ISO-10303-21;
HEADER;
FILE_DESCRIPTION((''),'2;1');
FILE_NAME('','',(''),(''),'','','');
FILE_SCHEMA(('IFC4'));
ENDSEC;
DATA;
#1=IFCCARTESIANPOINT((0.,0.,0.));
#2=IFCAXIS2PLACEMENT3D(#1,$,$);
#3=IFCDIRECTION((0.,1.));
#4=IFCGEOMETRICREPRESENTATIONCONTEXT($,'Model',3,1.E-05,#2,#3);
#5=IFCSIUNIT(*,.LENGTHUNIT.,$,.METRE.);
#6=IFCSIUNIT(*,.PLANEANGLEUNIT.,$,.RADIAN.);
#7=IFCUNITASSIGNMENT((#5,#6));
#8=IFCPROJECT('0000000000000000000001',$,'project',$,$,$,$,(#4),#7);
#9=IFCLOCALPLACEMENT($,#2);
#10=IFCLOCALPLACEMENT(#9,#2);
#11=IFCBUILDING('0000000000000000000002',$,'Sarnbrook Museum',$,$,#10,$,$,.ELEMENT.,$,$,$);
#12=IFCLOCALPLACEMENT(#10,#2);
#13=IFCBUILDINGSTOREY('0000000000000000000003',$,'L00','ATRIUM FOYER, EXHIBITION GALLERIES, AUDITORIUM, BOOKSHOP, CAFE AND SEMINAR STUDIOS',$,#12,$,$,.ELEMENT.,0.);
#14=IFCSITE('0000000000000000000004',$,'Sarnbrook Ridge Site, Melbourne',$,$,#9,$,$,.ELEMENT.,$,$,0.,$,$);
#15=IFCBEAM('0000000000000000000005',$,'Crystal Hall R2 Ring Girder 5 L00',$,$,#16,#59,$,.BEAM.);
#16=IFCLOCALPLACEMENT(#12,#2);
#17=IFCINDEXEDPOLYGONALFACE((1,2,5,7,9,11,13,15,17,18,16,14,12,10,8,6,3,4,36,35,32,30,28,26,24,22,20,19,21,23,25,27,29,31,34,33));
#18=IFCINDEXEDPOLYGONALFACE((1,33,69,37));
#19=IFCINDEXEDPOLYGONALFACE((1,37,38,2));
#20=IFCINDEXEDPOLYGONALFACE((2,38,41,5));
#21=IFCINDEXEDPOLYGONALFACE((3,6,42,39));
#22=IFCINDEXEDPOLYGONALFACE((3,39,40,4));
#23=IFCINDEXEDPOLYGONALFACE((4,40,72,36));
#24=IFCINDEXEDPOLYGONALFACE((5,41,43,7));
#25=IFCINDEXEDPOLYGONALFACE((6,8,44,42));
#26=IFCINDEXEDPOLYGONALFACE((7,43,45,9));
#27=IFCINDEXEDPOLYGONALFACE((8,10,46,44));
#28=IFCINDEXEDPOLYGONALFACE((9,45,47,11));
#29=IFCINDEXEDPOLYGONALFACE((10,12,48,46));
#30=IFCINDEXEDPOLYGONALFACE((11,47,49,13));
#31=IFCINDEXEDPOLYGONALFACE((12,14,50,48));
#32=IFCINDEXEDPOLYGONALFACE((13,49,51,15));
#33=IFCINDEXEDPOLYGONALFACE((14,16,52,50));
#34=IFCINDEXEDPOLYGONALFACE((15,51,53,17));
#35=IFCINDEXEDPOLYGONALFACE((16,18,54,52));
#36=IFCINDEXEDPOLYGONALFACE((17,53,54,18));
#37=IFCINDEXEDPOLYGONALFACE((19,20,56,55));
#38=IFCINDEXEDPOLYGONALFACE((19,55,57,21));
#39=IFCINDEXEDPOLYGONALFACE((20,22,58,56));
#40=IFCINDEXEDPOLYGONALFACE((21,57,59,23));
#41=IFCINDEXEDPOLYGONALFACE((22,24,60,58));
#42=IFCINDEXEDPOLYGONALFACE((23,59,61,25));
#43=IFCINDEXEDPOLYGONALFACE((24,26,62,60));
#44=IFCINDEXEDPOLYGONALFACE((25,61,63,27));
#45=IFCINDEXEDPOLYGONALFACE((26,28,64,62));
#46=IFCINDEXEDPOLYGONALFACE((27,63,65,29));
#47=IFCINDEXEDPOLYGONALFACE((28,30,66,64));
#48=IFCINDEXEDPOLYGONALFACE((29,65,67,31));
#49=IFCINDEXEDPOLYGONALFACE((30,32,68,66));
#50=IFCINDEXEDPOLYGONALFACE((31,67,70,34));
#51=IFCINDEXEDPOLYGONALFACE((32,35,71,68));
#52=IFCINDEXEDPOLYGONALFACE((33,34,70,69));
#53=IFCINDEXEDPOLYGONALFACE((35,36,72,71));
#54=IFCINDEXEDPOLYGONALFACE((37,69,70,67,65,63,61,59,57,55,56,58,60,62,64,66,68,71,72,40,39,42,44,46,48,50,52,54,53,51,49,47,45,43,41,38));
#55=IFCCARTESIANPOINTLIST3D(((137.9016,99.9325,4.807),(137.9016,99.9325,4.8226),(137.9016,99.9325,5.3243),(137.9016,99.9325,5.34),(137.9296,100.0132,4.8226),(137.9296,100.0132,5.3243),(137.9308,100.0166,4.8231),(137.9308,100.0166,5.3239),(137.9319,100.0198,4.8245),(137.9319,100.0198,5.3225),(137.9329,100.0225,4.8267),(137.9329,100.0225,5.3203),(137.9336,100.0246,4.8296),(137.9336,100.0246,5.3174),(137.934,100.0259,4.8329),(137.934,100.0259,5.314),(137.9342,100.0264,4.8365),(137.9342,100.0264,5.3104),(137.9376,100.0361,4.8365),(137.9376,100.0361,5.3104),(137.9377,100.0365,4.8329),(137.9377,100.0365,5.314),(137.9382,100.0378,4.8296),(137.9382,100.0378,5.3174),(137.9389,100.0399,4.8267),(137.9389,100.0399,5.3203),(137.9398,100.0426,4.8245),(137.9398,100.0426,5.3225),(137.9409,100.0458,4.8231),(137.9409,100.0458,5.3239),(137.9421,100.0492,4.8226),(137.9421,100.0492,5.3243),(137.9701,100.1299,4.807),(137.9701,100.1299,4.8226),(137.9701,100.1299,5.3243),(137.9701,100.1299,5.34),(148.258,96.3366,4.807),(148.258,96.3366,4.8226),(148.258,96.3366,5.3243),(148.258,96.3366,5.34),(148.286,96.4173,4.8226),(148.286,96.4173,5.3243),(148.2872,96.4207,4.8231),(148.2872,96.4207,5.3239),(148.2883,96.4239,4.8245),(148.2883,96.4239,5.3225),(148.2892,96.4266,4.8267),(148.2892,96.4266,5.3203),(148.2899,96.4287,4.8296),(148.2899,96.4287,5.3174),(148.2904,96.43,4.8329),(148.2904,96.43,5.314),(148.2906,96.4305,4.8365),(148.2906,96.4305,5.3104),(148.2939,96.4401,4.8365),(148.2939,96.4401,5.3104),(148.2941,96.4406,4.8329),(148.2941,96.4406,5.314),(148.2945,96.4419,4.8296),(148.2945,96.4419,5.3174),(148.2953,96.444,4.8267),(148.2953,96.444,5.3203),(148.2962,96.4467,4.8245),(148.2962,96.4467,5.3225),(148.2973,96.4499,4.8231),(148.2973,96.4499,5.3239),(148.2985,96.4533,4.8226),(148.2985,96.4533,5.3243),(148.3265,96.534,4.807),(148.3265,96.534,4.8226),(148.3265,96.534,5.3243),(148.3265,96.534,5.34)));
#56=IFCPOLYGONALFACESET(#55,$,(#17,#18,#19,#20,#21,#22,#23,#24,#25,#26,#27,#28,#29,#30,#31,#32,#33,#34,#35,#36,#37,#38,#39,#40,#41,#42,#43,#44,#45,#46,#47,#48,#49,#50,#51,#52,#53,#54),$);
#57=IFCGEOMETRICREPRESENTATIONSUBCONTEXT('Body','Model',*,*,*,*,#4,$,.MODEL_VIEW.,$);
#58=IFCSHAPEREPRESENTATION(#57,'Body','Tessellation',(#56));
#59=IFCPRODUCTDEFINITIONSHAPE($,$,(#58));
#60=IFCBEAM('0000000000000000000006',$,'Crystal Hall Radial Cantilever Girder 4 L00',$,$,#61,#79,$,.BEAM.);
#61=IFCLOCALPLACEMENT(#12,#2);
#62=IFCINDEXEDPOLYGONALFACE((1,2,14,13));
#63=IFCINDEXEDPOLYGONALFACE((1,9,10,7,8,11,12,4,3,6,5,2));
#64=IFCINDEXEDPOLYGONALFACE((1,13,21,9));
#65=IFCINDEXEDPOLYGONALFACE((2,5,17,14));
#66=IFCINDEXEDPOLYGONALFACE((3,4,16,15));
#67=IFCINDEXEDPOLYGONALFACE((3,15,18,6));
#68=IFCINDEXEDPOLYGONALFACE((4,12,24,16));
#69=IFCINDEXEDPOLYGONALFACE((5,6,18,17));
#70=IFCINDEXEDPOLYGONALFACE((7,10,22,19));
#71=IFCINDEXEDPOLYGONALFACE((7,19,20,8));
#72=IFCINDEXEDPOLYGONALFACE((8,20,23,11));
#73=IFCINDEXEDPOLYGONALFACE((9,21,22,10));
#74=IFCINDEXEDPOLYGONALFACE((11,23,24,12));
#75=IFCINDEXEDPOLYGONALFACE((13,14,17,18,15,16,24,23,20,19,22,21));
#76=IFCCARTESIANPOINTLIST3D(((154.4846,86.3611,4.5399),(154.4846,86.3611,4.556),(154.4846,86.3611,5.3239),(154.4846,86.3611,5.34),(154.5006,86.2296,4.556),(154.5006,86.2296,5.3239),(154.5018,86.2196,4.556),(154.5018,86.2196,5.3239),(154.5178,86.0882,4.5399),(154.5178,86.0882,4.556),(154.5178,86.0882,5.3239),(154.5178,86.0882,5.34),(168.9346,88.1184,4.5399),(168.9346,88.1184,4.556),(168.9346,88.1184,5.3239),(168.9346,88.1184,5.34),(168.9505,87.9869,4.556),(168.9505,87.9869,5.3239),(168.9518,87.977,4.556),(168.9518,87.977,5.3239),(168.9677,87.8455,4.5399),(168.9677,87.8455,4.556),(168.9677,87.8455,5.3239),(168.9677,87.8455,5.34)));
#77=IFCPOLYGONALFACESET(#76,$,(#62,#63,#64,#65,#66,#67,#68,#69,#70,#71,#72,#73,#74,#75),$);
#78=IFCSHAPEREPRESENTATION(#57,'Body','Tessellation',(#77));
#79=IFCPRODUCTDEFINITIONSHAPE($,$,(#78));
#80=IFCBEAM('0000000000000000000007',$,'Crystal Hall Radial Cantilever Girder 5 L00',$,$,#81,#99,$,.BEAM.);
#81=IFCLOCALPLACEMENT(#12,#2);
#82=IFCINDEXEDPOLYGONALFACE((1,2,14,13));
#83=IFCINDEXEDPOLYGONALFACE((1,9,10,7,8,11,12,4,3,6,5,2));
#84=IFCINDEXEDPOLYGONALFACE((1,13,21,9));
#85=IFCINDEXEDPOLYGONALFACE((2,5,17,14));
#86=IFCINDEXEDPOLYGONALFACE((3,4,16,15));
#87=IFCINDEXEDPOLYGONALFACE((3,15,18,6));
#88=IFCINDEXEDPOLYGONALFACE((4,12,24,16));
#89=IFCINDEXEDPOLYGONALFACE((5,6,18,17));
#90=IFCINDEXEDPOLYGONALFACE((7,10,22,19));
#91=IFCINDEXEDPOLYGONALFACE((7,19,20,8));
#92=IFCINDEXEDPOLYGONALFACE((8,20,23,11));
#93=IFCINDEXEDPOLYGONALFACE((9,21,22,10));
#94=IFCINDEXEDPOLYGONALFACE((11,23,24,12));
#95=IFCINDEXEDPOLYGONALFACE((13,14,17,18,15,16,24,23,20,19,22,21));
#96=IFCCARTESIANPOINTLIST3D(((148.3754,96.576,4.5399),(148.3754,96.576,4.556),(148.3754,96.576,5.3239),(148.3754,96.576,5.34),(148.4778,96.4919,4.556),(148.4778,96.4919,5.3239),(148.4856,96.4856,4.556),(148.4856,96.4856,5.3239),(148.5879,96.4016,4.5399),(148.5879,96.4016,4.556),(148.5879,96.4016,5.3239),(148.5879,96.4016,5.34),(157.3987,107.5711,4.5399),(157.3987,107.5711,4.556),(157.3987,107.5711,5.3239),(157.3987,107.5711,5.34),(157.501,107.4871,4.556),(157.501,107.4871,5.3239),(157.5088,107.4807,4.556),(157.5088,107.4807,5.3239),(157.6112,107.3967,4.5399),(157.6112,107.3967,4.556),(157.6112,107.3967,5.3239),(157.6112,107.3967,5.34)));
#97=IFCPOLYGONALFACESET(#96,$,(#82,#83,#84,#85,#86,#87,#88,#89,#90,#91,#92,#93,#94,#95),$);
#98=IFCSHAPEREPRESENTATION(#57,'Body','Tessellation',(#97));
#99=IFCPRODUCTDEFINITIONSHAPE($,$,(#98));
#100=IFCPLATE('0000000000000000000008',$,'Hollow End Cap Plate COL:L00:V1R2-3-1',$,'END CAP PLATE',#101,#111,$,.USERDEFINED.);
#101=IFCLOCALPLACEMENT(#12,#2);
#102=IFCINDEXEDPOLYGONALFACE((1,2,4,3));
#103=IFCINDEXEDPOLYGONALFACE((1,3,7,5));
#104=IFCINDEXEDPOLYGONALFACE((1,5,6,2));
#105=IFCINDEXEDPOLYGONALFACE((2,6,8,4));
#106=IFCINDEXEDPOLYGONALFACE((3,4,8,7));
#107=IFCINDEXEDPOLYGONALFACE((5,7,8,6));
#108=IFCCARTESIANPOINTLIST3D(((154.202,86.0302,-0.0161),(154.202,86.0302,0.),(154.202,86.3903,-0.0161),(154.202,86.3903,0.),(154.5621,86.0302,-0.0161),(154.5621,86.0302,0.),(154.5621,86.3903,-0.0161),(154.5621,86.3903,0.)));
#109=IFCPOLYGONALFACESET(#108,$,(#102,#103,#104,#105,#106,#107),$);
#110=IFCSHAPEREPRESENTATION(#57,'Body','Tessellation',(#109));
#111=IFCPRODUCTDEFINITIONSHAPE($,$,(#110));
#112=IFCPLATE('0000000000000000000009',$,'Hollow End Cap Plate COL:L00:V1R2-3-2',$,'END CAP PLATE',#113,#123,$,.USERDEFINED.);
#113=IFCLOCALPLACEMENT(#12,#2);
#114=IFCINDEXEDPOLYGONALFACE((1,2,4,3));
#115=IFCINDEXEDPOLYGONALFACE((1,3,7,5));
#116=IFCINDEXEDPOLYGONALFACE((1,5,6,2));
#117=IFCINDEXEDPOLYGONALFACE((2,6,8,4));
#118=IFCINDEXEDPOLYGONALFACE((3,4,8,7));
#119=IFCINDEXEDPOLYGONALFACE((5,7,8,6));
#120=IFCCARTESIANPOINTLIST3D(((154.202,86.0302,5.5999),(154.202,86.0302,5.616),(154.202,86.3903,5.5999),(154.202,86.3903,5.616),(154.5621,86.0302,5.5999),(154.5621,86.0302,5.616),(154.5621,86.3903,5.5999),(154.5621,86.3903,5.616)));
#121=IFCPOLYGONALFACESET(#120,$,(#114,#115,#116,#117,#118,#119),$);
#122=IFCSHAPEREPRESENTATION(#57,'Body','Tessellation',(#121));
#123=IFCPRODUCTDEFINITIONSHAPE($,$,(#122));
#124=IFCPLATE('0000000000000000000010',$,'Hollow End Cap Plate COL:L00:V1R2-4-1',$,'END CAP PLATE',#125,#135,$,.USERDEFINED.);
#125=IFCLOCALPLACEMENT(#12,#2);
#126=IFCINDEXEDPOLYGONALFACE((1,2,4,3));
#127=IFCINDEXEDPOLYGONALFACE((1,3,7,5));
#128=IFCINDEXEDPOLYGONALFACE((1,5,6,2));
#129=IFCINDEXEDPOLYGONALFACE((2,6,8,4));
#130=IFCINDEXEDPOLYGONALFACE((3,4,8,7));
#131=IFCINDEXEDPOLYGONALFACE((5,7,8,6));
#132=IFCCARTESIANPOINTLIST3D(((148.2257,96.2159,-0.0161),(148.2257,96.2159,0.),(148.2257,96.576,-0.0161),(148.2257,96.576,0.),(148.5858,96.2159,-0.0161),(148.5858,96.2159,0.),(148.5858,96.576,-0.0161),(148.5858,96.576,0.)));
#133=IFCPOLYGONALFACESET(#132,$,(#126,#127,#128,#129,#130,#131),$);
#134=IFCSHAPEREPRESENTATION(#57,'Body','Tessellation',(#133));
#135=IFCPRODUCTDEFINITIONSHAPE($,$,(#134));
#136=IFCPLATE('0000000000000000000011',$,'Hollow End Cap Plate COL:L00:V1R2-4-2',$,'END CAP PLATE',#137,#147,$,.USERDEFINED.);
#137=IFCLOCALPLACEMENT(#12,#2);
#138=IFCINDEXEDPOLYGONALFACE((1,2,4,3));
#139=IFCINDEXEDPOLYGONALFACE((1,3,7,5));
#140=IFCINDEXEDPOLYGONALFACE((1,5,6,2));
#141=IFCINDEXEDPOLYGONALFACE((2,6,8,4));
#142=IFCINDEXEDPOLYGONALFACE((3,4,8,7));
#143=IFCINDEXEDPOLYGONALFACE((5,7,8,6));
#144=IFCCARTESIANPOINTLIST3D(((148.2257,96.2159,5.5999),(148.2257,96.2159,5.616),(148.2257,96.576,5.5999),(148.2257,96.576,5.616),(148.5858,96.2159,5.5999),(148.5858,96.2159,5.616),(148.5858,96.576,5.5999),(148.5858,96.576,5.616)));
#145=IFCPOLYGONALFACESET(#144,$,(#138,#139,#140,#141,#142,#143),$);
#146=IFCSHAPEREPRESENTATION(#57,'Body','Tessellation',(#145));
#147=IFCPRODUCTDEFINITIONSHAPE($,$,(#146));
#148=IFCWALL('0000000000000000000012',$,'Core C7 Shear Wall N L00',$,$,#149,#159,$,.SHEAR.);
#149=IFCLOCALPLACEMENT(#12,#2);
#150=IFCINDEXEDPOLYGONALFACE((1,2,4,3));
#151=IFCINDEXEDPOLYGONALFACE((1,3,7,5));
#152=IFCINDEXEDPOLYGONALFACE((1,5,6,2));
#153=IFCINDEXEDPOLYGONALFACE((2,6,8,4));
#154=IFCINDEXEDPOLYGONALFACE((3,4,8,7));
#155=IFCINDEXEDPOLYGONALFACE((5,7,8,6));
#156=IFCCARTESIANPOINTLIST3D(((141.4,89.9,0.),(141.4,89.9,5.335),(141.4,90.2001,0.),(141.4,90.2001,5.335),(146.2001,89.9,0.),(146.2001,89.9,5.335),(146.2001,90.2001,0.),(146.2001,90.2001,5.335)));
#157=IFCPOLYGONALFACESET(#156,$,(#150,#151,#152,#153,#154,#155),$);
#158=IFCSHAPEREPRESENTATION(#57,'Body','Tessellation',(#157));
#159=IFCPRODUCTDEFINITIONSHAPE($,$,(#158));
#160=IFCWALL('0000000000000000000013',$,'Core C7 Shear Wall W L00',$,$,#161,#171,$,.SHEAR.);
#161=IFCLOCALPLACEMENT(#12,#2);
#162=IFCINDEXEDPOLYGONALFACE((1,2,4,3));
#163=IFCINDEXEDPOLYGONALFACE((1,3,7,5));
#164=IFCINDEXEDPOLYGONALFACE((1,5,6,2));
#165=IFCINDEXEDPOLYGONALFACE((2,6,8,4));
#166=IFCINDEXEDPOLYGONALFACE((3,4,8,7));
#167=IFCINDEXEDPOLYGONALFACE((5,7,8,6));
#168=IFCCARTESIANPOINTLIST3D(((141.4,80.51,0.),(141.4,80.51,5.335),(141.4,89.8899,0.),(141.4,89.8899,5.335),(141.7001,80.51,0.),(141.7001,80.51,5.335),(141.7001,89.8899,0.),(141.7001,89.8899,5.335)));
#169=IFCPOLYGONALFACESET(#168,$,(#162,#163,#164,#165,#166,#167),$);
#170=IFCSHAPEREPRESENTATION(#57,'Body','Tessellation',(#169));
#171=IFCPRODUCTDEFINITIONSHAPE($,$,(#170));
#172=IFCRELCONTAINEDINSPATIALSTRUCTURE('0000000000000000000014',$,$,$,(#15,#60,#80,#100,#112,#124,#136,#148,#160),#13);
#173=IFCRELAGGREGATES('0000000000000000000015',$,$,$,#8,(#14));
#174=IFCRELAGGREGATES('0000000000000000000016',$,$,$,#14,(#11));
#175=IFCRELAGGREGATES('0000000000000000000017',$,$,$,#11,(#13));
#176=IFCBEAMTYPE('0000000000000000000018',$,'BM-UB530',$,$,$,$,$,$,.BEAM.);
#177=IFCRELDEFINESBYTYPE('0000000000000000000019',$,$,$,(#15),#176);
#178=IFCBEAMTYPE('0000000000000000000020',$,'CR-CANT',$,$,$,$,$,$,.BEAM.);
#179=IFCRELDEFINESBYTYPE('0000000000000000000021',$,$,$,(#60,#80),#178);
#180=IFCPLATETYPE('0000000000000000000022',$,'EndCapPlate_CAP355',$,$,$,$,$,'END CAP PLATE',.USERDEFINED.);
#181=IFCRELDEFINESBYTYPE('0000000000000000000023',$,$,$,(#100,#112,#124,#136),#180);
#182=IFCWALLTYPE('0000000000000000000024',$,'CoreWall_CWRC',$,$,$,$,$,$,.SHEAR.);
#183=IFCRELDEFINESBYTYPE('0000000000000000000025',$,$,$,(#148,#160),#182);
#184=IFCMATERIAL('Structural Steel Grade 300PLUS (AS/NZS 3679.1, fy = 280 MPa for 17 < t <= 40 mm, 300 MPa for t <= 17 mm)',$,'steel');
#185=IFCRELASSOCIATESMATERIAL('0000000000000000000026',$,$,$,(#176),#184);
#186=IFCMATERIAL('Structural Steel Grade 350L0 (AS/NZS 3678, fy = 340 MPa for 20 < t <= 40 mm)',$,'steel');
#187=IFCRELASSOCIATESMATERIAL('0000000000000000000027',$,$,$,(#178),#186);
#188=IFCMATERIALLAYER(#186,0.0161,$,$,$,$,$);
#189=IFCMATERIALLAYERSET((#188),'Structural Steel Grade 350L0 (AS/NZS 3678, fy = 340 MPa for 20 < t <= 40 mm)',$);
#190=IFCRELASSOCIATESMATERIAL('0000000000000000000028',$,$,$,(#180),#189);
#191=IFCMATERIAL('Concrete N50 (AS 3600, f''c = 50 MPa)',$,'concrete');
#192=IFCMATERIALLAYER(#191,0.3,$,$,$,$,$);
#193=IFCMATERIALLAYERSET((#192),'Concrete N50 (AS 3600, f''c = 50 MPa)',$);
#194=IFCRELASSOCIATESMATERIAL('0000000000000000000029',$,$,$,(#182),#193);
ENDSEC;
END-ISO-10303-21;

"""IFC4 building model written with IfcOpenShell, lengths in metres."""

from ifc_helpers import new_model, si_unit, direction, frame, frame_2d, origin, origin_2d, place, context, subcontext, project, spatial, rectangle, i_section, extrude, material, layer, layer_set, material_profile, profile_set, type_object, element, save


model = new_model("IFC4")

# Units and contexts
model_context = context("Model", 3, precision=1e-05, world=origin(), true_north=direction((0.0, 1.0)))
body_context = subcontext(model_context, "Body", "Model", "MODEL_VIEW")
ifc_project = project(units=[si_unit("LENGTHUNIT", "METRE"), si_unit("PLANEANGLEUNIT", "RADIAN")], contexts=[model_context])

# Site, building, storey
site_placement = place(None, origin())
site = spatial("IfcSite", under=ifc_project, at=site_placement, Name="Sarnbrook Ridge Site, Melbourne", CompositionType="ELEMENT", RefElevation=0.0)
building_placement = place(site_placement, origin())
building = spatial("IfcBuilding", under=site, at=building_placement, Name="Sarnbrook Museum", CompositionType="ELEMENT")
storey_placement = place(building_placement, origin())
storey = spatial("IfcBuildingStorey", under=building, at=storey_placement, Name="L00", Description="ATRIUM FOYER, EXHIBITION GALLERIES, AUDITORIUM, BOOKSHOP, CAFE AND SEMINAR STUDIOS", CompositionType="ELEMENT", Elevation=0.0)

# Beams
ifc_material_1 = material(Name="Structural Steel Grade 300PLUS (AS/NZS 3679.1, fy = 280 MPa for 17 < t <= 40 mm, 300 MPa for t <= 17 mm)", Category="steel")
ifc_material_profile_1 = material_profile(ifc_material_1, i_section(OverallWidth=0.209, OverallDepth=0.533, WebThickness=0.0103, FlangeThickness=0.0156, FilletRadius=0.0139, at=origin_2d()), Name="530UB92.4")
ifc_profile_set_1 = profile_set([ifc_material_profile_1], Name="Structural Steel Grade 300PLUS (AS/NZS 3679.1, fy = 280 MPa for 17 < t <= 40 mm, 300 MPa for t <= 17 mm)")
beam_type_1 = type_object("IfcBeamType", Name="BM-UB530", PredefinedType="BEAM", material=ifc_profile_set_1)
beam_1_placement = place(storey_placement, frame((148.2922, 96.4353, 5.0735), z_axis=(-0.944675, 0.328008, 0.0), x_axis=(-0.328008, -0.944675, 0.0)))
element("IfcBeam", 1, at=beam_1_placement, inside=storey, type_object=beam_type_1, Name="Crystal Hall R2 Ring Girder 5 L00", PredefinedType="BEAM", context=body_context, shape_type="SweptSolid", body=[
    extrude(i_section(OverallWidth=0.209, OverallDepth=0.533, WebThickness=0.0103, FlangeThickness=0.0156, FilletRadius=0.0139, at=origin_2d()), origin(), (0.0, 0.0, 1.0), 10.9629),
])
ifc_material_2 = material(Name="Structural Steel Grade 350L0 (AS/NZS 3678, fy = 340 MPa for 20 < t <= 40 mm)", Category="steel")
ifc_material_profile_2 = material_profile(ifc_material_2, i_section(OverallWidth=0.2749, OverallDepth=0.8, WebThickness=0.01, FlangeThickness=0.0161, at=origin_2d()), Name="800WB146")
ifc_profile_set_2 = profile_set([ifc_material_profile_2], Name="Structural Steel Grade 350L0 (AS/NZS 3678, fy = 340 MPa for 20 < t <= 40 mm)")
beam_type_2 = type_object("IfcBeamType", Name="CR-CANT", PredefinedType="BEAM", material=ifc_profile_set_2)
beam_2_placement = place(storey_placement, frame((154.5012, 86.2246, 4.9399), z_axis=(0.992686, 0.120725, 0.0), x_axis=(-0.120725, 0.992686, 0.0)))
element("IfcBeam", 2, at=beam_2_placement, inside=storey, type_object=beam_type_2, Name="Crystal Hall Radial Cantilever Girder 4 L00", PredefinedType="BEAM", context=body_context, shape_type="SweptSolid", body=[
    extrude(i_section(OverallWidth=0.2749, OverallDepth=0.8, WebThickness=0.01, FlangeThickness=0.0161, at=origin_2d()), origin(), (0.0, 0.0, 1.0), 14.5564),
])
beam_3_placement = place(storey_placement, frame((148.4817, 96.4888, 4.9399), z_axis=(0.634382, 0.77302, 0.0), x_axis=(-0.77302, 0.634382, 0.0)))
element("IfcBeam", 3, at=beam_3_placement, inside=storey, type_object=beam_type_2, Name="Crystal Hall Radial Cantilever Girder 5 L00", PredefinedType="BEAM", context=body_context, shape_type="SweptSolid", body=[
    extrude(i_section(OverallWidth=0.2749, OverallDepth=0.8, WebThickness=0.01, FlangeThickness=0.0161, at=origin_2d()), origin(), (0.0, 0.0, 1.0), 14.2236),
])

# Plates
ifc_layer_1 = layer(ifc_material_2, 0.0161)
ifc_layer_set_1 = layer_set([ifc_layer_1], Name="Structural Steel Grade 350L0 (AS/NZS 3678, fy = 340 MPa for 20 < t <= 40 mm)")
plate_type = type_object("IfcPlateType", Name="EndCapPlate_CAP355", ElementType="END CAP PLATE", PredefinedType="USERDEFINED", material=ifc_layer_set_1)
for number, where, z_axis, x_axis, name in (
    (4, (154.3821, 86.2102, -0.0161), (0.0, 0.0, 1.0), (1.0, 0.0, 0.0), "Hollow End Cap Plate COL:L00:V1R2-3-1"),
    (5, (154.3821, 86.2102, 5.5999), (0.0, 0.0, 1.0), (1.0, 0.0, 0.0), "Hollow End Cap Plate COL:L00:V1R2-3-2"),
    (6, (148.4058, 96.396, -0.0161), (0.0, 0.0, 1.0), (1.0, 0.0, 0.0), "Hollow End Cap Plate COL:L00:V1R2-4-1"),
    (7, (148.4058, 96.396, 5.5999), (0.0, 0.0, 1.0), (1.0, 0.0, 0.0), "Hollow End Cap Plate COL:L00:V1R2-4-2"),
):
    element("IfcPlate", number, at=place(storey_placement, frame(where, z_axis=z_axis, x_axis=x_axis)), inside=storey, type_object=plate_type, Name=name, ObjectType="END CAP PLATE", PredefinedType="USERDEFINED", context=body_context, shape_type="SweptSolid", body=[
        extrude(rectangle(XDim=0.3601, YDim=0.3601, at=origin_2d()), origin(), (0.0, 0.0, 1.0), 0.0161),
    ])

# Walls
ifc_material_3 = material(Name="Concrete N50 (AS 3600, f'c = 50 MPa)", Category="concrete")
ifc_layer_2 = layer(ifc_material_3, 0.3)
ifc_layer_set_2 = layer_set([ifc_layer_2], Name="Concrete N50 (AS 3600, f'c = 50 MPa)")
wall_type_1 = type_object("IfcWallType", Name="CoreWall_CWRC", PredefinedType="SHEAR", material=ifc_layer_set_2)
wall_1_placement = place(storey_placement, frame((146.2, 90.05, 0.0), z_axis=(0.0, 0.0, 1.0), x_axis=(-1.0, 0.0, 0.0)))
element("IfcWall", 8, at=wall_1_placement, inside=storey, type_object=wall_type_1, Name="Core C7 Shear Wall N L00", PredefinedType="SHEAR", context=body_context, shape_type="SweptSolid", body=[
    extrude(rectangle(XDim=4.8, YDim=0.3, at=frame_2d((2.3999, 0.0))), origin(), (0.0, 0.0, 1.0), 5.335),
])
wall_2_placement = place(storey_placement, frame((141.55, 89.8899, 0.0), z_axis=(0.0, 0.0, 1.0), x_axis=(0.0, -1.0, 0.0)))
element("IfcWall", 9, at=wall_2_placement, inside=storey, type_object=wall_type_1, Name="Core C7 Shear Wall W L00", PredefinedType="SHEAR", context=body_context, shape_type="SweptSolid", body=[
    extrude(rectangle(XDim=9.3799, YDim=0.3, at=frame_2d((4.6899, 0.0))), origin(), (0.0, 0.0, 1.0), 5.335),
])

save(model, "model.ifc")
